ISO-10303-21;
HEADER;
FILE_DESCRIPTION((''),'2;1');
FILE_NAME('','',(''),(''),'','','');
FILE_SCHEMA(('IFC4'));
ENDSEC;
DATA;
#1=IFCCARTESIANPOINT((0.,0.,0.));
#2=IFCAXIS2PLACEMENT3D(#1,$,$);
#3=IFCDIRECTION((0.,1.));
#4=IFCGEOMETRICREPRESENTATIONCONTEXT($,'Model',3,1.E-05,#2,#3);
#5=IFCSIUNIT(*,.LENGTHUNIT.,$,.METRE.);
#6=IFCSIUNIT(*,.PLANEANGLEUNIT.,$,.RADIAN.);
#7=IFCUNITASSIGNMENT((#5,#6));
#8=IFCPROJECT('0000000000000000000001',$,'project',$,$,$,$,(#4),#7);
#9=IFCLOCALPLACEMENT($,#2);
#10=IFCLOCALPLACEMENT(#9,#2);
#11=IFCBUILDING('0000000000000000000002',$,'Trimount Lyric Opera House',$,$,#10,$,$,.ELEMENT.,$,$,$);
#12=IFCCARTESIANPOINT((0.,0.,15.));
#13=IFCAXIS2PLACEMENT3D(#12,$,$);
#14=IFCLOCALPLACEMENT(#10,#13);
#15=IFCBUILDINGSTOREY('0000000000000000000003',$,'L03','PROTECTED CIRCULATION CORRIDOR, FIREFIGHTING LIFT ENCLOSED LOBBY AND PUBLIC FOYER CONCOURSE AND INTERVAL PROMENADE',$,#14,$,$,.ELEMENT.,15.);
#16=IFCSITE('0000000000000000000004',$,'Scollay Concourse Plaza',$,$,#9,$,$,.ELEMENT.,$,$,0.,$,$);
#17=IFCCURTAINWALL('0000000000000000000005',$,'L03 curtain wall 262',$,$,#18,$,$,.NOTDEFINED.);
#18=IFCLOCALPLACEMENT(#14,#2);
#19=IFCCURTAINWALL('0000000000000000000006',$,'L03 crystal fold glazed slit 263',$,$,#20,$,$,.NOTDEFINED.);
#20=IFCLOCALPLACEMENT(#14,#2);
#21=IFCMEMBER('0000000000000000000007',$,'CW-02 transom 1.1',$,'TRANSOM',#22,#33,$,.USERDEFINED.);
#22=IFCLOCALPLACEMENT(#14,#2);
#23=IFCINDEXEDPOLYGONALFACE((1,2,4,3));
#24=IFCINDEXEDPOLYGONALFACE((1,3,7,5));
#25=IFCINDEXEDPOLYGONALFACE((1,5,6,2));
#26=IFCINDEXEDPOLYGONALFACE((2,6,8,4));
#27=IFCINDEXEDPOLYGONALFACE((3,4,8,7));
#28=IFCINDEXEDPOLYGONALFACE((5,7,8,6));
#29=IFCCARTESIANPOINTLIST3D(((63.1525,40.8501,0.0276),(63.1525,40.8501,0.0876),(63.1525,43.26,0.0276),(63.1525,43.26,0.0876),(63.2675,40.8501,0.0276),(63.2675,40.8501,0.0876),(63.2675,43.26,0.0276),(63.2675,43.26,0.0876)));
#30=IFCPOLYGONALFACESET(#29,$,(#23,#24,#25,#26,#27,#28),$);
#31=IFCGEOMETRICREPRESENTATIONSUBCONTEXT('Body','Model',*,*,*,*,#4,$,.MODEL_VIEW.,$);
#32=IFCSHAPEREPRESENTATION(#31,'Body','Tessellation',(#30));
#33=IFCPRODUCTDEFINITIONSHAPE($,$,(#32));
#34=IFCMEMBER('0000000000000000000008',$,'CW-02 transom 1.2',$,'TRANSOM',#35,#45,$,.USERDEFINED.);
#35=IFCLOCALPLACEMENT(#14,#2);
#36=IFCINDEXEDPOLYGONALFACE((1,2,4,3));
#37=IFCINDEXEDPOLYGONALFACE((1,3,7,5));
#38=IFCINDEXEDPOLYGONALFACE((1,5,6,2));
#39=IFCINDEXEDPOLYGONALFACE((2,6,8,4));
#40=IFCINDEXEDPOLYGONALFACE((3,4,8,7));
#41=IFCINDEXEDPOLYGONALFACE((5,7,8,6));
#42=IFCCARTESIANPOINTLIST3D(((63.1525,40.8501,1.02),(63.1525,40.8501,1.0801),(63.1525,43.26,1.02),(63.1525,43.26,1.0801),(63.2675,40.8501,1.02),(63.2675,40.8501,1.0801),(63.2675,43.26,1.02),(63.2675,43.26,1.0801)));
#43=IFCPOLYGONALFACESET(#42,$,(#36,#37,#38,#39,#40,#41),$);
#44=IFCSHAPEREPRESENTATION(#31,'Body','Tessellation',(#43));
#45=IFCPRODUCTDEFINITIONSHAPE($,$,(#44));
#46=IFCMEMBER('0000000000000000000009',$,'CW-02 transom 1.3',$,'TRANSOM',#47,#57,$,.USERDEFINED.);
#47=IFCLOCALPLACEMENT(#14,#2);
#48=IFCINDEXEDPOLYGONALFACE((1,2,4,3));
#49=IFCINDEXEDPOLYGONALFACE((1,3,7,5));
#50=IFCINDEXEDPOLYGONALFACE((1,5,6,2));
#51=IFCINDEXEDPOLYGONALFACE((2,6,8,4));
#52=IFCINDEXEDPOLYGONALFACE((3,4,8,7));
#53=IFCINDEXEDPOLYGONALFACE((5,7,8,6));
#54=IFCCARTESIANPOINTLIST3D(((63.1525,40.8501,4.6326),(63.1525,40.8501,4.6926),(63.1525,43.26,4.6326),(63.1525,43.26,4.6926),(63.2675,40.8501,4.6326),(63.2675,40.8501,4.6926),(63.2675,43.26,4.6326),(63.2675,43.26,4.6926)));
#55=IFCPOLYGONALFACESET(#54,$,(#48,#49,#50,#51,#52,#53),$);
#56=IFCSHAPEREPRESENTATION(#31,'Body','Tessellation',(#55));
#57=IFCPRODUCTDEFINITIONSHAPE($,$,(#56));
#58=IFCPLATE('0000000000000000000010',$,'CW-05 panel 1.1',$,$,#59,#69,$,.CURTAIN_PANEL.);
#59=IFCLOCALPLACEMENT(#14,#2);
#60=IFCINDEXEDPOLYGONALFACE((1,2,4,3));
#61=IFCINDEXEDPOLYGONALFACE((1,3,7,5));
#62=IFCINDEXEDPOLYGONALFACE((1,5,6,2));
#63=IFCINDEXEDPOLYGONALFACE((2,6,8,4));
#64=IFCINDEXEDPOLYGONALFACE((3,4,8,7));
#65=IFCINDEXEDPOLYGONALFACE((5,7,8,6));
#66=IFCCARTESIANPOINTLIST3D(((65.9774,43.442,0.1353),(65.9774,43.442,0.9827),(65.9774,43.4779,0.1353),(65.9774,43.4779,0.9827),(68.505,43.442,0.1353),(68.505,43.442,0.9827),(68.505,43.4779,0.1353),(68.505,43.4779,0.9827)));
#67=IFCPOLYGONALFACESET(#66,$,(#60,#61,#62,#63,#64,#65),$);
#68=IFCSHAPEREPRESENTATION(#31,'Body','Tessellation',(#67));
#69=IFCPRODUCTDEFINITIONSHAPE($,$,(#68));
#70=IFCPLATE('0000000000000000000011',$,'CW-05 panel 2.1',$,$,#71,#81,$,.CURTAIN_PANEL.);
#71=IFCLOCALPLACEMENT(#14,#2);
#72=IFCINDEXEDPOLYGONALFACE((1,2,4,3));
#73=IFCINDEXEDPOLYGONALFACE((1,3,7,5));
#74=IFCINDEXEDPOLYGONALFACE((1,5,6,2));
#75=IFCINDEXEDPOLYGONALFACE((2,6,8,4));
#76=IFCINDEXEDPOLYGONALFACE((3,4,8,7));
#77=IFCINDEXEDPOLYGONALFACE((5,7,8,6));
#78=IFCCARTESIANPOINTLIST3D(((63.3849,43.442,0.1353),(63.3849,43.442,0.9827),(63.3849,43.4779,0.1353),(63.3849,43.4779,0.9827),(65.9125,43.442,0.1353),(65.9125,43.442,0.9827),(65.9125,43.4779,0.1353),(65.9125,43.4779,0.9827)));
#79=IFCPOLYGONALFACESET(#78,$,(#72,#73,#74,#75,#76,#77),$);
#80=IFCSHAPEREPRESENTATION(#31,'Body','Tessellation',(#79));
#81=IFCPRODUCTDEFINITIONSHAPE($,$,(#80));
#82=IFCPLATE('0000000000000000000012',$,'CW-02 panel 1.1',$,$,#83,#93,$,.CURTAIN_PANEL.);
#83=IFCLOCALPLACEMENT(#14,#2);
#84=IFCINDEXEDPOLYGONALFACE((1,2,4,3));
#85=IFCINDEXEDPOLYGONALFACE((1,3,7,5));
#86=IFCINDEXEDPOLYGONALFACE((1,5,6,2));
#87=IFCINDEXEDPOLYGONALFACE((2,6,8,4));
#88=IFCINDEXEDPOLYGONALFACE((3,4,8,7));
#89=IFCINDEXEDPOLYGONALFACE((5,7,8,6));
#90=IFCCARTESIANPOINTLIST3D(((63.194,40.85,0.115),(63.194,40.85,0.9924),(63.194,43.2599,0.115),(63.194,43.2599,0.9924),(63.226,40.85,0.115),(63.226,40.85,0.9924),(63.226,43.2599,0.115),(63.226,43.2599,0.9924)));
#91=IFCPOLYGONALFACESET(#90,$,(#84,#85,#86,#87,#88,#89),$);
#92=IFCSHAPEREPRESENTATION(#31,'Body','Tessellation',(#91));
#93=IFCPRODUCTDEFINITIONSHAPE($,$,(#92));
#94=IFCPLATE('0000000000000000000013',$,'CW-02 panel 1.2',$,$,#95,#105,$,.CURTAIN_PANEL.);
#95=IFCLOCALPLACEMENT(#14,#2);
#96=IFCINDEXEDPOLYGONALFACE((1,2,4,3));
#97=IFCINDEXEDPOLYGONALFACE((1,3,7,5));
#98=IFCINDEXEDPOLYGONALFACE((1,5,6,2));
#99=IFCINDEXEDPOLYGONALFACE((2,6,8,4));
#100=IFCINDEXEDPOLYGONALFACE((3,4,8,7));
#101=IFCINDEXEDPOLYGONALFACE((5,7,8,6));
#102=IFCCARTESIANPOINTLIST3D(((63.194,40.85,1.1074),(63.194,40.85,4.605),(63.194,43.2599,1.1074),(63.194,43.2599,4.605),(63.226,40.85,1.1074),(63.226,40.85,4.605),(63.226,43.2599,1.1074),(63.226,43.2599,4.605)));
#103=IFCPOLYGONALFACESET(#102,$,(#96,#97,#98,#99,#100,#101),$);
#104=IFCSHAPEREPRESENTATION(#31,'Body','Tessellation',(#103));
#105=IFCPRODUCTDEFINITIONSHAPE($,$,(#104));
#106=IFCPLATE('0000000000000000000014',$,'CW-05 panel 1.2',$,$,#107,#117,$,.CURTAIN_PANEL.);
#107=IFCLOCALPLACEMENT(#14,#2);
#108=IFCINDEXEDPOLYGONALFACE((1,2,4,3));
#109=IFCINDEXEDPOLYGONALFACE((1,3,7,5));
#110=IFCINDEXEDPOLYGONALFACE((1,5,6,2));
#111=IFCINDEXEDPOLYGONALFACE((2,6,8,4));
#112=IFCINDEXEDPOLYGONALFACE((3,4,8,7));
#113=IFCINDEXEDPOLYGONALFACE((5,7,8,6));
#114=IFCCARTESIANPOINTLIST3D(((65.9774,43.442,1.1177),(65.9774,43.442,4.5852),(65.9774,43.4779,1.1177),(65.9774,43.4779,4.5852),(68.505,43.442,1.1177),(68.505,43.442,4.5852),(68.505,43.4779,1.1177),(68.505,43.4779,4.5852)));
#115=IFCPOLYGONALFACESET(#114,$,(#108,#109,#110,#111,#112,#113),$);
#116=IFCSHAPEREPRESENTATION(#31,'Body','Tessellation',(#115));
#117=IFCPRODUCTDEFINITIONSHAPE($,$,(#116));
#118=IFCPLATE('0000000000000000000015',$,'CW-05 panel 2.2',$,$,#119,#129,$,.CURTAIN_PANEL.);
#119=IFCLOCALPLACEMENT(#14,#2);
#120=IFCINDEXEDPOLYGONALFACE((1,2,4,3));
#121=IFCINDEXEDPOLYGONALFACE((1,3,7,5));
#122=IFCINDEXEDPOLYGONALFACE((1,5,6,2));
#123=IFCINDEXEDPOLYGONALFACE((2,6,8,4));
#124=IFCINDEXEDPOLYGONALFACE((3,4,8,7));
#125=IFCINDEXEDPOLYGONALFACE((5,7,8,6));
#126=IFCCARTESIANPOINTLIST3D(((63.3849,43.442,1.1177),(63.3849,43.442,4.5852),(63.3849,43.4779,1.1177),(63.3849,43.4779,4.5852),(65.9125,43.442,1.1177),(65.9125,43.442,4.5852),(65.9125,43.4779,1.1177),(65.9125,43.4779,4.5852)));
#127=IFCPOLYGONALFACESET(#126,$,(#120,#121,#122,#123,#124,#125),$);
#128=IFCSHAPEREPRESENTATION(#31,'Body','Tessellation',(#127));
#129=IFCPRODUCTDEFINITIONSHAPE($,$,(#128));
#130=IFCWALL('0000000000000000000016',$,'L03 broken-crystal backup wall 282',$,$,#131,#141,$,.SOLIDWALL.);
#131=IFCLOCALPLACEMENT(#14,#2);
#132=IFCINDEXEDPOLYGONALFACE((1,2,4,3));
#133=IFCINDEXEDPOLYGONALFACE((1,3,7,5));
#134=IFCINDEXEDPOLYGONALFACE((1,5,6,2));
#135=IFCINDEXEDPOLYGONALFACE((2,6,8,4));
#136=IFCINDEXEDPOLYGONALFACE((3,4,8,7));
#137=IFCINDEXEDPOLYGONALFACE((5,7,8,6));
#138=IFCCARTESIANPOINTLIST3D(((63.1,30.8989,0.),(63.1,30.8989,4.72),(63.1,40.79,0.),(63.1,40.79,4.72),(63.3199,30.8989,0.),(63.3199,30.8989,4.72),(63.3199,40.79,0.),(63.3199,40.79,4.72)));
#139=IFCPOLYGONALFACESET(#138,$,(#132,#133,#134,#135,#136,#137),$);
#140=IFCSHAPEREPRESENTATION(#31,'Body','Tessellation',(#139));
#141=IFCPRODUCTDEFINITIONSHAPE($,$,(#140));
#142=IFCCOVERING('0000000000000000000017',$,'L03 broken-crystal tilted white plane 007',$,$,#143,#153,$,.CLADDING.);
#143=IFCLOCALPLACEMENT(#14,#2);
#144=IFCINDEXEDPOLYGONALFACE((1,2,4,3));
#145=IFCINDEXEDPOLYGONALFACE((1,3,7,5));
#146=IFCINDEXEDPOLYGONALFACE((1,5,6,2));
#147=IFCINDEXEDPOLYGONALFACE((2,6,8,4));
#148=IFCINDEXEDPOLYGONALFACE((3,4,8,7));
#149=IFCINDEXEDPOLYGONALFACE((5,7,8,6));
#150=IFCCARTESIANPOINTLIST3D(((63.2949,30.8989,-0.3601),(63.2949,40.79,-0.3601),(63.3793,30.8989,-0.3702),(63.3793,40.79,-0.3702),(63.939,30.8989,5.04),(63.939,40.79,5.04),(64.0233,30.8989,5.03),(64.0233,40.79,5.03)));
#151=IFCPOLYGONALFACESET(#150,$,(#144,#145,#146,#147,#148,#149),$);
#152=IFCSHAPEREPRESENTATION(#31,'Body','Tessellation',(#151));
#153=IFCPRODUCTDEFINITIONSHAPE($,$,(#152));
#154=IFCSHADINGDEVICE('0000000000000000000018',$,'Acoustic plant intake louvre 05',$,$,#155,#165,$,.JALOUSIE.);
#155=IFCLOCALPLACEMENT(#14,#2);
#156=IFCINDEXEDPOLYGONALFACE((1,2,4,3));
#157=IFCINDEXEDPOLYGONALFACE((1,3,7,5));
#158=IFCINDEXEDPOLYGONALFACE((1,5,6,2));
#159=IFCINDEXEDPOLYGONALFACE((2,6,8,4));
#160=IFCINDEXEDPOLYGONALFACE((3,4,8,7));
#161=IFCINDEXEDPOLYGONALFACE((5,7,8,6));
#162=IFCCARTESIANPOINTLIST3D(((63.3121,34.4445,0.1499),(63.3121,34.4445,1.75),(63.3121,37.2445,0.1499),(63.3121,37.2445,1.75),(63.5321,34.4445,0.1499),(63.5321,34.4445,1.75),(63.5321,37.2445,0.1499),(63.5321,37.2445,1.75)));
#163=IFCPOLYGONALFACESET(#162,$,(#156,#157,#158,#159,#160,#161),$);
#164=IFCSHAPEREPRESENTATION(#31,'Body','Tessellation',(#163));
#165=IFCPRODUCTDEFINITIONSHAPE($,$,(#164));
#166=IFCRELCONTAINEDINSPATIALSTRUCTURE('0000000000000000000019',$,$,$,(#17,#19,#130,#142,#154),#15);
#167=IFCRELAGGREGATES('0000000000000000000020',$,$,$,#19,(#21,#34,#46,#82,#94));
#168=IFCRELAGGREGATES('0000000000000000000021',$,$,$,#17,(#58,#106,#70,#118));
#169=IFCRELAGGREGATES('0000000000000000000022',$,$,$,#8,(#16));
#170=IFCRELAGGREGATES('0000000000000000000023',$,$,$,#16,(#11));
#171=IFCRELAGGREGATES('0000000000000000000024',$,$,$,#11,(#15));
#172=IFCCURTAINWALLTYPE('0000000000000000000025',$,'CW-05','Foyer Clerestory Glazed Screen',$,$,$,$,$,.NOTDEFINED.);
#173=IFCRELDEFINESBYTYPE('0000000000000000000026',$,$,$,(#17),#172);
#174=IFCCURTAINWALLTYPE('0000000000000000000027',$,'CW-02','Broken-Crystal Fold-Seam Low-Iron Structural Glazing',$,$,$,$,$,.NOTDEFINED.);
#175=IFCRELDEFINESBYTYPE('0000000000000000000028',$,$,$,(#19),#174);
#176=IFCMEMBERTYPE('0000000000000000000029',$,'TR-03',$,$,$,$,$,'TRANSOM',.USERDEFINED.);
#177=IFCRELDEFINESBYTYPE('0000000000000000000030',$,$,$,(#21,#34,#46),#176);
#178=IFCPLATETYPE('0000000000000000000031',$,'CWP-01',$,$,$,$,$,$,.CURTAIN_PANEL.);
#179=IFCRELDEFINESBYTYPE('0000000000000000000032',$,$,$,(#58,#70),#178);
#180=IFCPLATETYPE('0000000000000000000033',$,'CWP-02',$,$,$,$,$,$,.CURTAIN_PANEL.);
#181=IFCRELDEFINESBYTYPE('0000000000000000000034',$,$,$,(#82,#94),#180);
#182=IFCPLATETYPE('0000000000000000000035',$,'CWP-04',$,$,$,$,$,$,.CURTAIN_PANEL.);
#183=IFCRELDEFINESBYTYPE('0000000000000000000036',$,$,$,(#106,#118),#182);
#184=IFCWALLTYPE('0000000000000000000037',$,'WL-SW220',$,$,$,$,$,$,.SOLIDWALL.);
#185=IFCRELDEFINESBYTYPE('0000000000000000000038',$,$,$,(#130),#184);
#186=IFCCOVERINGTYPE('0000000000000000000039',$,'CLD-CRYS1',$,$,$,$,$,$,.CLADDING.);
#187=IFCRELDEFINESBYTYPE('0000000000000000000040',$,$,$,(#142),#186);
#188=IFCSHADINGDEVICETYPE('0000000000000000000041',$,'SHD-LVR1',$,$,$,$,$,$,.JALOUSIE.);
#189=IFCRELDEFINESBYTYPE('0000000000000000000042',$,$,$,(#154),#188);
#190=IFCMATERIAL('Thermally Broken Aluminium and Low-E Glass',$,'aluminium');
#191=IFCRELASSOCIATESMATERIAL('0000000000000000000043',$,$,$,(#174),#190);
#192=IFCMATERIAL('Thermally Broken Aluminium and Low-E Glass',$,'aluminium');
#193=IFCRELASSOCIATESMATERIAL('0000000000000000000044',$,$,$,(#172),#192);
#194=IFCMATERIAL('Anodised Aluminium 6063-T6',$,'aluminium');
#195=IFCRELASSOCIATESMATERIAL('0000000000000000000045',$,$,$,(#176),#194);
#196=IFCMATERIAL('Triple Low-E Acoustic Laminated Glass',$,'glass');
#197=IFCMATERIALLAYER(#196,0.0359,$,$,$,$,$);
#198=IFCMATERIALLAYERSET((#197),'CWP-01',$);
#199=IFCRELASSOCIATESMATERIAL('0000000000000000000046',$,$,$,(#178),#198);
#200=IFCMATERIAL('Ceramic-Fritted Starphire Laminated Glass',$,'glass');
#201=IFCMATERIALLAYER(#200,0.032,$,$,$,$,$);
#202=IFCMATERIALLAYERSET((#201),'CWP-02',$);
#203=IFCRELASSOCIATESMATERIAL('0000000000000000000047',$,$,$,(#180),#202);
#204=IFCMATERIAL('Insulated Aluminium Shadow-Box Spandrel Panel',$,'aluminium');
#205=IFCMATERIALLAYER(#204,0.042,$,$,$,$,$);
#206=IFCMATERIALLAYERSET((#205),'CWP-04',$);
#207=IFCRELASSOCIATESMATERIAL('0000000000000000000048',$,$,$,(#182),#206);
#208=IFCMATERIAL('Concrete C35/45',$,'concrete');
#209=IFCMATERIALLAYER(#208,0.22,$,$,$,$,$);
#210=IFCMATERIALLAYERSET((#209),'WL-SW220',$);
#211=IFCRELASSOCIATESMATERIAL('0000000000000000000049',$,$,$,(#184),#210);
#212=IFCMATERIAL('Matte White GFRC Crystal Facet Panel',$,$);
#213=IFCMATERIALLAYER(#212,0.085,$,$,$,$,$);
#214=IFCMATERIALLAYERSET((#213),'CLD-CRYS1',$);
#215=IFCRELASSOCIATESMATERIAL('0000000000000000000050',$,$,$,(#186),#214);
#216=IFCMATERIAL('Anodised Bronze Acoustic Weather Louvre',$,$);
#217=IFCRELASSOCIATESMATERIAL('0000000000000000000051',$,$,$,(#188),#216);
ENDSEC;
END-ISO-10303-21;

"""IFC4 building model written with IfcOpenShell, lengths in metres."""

from ifc_helpers import new_model, si_unit, direction, frame, frame_2d, origin, origin_2d, place, context, subcontext, project, spatial, polyline, rectangle, outline, extrude, material, layer, layer_set, material_profile, profile_set, type_object, element, aggregate, save


model = new_model("IFC4")

# Units and contexts
model_context = context("Model", 3, precision=1e-05, world=origin(), true_north=direction((0.0, 1.0)))
body_context = subcontext(model_context, "Body", "Model", "MODEL_VIEW")
ifc_project = project(units=[si_unit("LENGTHUNIT", "METRE"), si_unit("PLANEANGLEUNIT", "RADIAN")], contexts=[model_context])

# Site, building, storey
site_placement = place(None, origin())
site = spatial("IfcSite", under=ifc_project, at=site_placement, Name="Scollay Concourse Plaza", CompositionType="ELEMENT", RefElevation=0.0)
building_placement = place(site_placement, origin())
building = spatial("IfcBuilding", under=site, at=building_placement, Name="Trimount Lyric Opera House", CompositionType="ELEMENT")
storey_placement = place(building_placement, frame((0.0, 0.0, 15.0)))
storey = spatial("IfcBuildingStorey", under=building, at=storey_placement, Name="L03", Description="PROTECTED CIRCULATION CORRIDOR, FIREFIGHTING LIFT ENCLOSED LOBBY AND PUBLIC FOYER CONCOURSE AND INTERVAL PROMENADE", CompositionType="ELEMENT", Elevation=15.0)

# Shared definitions
ifc_material_1 = material(Name="Thermally Broken Aluminium and Low-E Glass", Category="aluminium")
curtain_wall_type_1 = type_object("IfcCurtainWallType", Name="CW-02", Description="Broken-Crystal Fold-Seam Low-Iron Structural Glazing", PredefinedType="NOTDEFINED", material=ifc_material_1)

# Curtain walls
ifc_material_2 = material(Name="Thermally Broken Aluminium and Low-E Glass", Category="aluminium")
curtain_wall_type_2 = type_object("IfcCurtainWallType", Name="CW-05", Description="Foyer Clerestory Glazed Screen", PredefinedType="NOTDEFINED", material=ifc_material_2)
curtain_wall_1_placement = place(storey_placement, origin())
curtain_wall_1 = element("IfcCurtainWall", 1, at=curtain_wall_1_placement, inside=storey, type_object=curtain_wall_type_2, Name="L03 curtain wall 262", PredefinedType="NOTDEFINED")
curtain_wall_2_placement = place(storey_placement, origin())
curtain_wall_2 = element("IfcCurtainWall", 2, at=curtain_wall_2_placement, inside=storey, type_object=curtain_wall_type_1, Name="L03 crystal fold glazed slit 263", PredefinedType="NOTDEFINED")

# Members
ifc_material_3 = material(Name="Anodised Aluminium 6063-T6", Category="aluminium")
ifc_material_profile_1 = material_profile(ifc_material_3, rectangle(XDim=0.115, YDim=0.0601, at=origin_2d()), Name="ALU-TRAN-60X115")
ifc_profile_set_1 = profile_set([ifc_material_profile_1], Name="Anodised Aluminium 6063-T6")
member_type_1 = type_object("IfcMemberType", Name="TR-03", ElementType="TRANSOM", PredefinedType="USERDEFINED", material=ifc_profile_set_1)
member_1_placement = place(storey_placement, frame((63.21, 43.26, 0.0576), z_axis=(0.0, -1.0, 0.0), x_axis=(1.0, 0.0, 0.0)))
member_1 = element("IfcMember", 3, at=member_1_placement, type_object=member_type_1, Name="CW-02 transom 1.1", ObjectType="TRANSOM", PredefinedType="USERDEFINED", context=body_context, shape_type="SweptSolid", body=[
    extrude(rectangle(XDim=0.115, YDim=0.0601, at=origin_2d()), origin(), (0.0, 0.0, 1.0), 2.4099),
])
member_2_placement = place(storey_placement, frame((63.21, 43.26, 1.05), z_axis=(0.0, -1.0, 0.0), x_axis=(1.0, 0.0, 0.0)))
member_2 = element("IfcMember", 4, at=member_2_placement, type_object=member_type_1, Name="CW-02 transom 1.2", ObjectType="TRANSOM", PredefinedType="USERDEFINED", context=body_context, shape_type="SweptSolid", body=[
    extrude(rectangle(XDim=0.115, YDim=0.0601, at=origin_2d()), origin(), (0.0, 0.0, 1.0), 2.4099),
])
member_3_placement = place(storey_placement, frame((63.21, 43.26, 4.6626), z_axis=(0.0, -1.0, 0.0), x_axis=(1.0, 0.0, 0.0)))
member_3 = element("IfcMember", 5, at=member_3_placement, type_object=member_type_1, Name="CW-02 transom 1.3", ObjectType="TRANSOM", PredefinedType="USERDEFINED", context=body_context, shape_type="SweptSolid", body=[
    extrude(rectangle(XDim=0.115, YDim=0.0601, at=origin_2d()), origin(), (0.0, 0.0, 1.0), 2.4099),
])

# Plates
ifc_material_4 = material(Name="Triple Low-E Acoustic Laminated Glass", Category="glass")
ifc_layer_1 = layer(ifc_material_4, 0.0359)
ifc_layer_set_1 = layer_set([ifc_layer_1], Name="CWP-01")
plate_type_1 = type_object("IfcPlateType", Name="CWP-01", PredefinedType="CURTAIN_PANEL", material=ifc_layer_set_1)
plate_1_placement = place(storey_placement, frame((67.2412, 43.46, 0.1353), z_axis=(0.0, 0.0, 1.0), x_axis=(-1.0, 0.0, 0.0)))
plate_1 = element("IfcPlate", 6, at=plate_1_placement, type_object=plate_type_1, Name="CW-05 panel 1.1", PredefinedType="CURTAIN_PANEL", context=body_context, shape_type="SweptSolid", body=[
    extrude(rectangle(XDim=2.5276, YDim=0.0359, at=origin_2d()), origin(), (0.0, 0.0, 1.0), 0.8474),
])
plate_2_placement = place(storey_placement, frame((64.6487, 43.46, 0.1353), z_axis=(0.0, 0.0, 1.0), x_axis=(-1.0, 0.0, 0.0)))
plate_2 = element("IfcPlate", 7, at=plate_2_placement, type_object=plate_type_1, Name="CW-05 panel 2.1", PredefinedType="CURTAIN_PANEL", context=body_context, shape_type="SweptSolid", body=[
    extrude(rectangle(XDim=2.5276, YDim=0.0359, at=origin_2d()), origin(), (0.0, 0.0, 1.0), 0.8474),
])
ifc_material_5 = material(Name="Ceramic-Fritted Starphire Laminated Glass", Category="glass")
ifc_layer_2 = layer(ifc_material_5, 0.032)
ifc_layer_set_2 = layer_set([ifc_layer_2], Name="CWP-02")
plate_type_2 = type_object("IfcPlateType", Name="CWP-02", PredefinedType="CURTAIN_PANEL", material=ifc_layer_set_2)
plate_3_placement = place(storey_placement, frame((63.21, 42.0549, 0.115), z_axis=(0.0, 0.0, 1.0), x_axis=(0.0, -1.0, 0.0)))
plate_3 = element("IfcPlate", 8, at=plate_3_placement, type_object=plate_type_2, Name="CW-02 panel 1.1", PredefinedType="CURTAIN_PANEL", context=body_context, shape_type="SweptSolid", body=[
    extrude(rectangle(XDim=2.4099, YDim=0.032, at=origin_2d()), origin(), (0.0, 0.0, 1.0), 0.8774),
])
plate_4_placement = place(storey_placement, frame((63.21, 42.0549, 1.1074), z_axis=(0.0, 0.0, 1.0), x_axis=(0.0, -1.0, 0.0)))
plate_4 = element("IfcPlate", 9, at=plate_4_placement, type_object=plate_type_2, Name="CW-02 panel 1.2", PredefinedType="CURTAIN_PANEL", context=body_context, shape_type="SweptSolid", body=[
    extrude(rectangle(XDim=2.4099, YDim=0.032, at=origin_2d()), origin(), (0.0, 0.0, 1.0), 3.4976),
])
aggregate(curtain_wall_2, [member_1, member_2, member_3, plate_3, plate_4])
ifc_material_6 = material(Name="Insulated Aluminium Shadow-Box Spandrel Panel", Category="aluminium")
ifc_layer_3 = layer(ifc_material_6, 0.042)
ifc_layer_set_3 = layer_set([ifc_layer_3], Name="CWP-04")
plate_type_3 = type_object("IfcPlateType", Name="CWP-04", PredefinedType="CURTAIN_PANEL", material=ifc_layer_set_3)
plate_5_placement = place(storey_placement, frame((67.2412, 43.46, 1.1177), z_axis=(0.0, 0.0, 1.0), x_axis=(-1.0, 0.0, 0.0)))
plate_5 = element("IfcPlate", 10, at=plate_5_placement, type_object=plate_type_3, Name="CW-05 panel 1.2", PredefinedType="CURTAIN_PANEL", context=body_context, shape_type="SweptSolid", body=[
    extrude(rectangle(XDim=2.5276, YDim=0.0359, at=origin_2d()), origin(), (0.0, 0.0, 1.0), 3.4675),
])
plate_6_placement = place(storey_placement, frame((64.6487, 43.46, 1.1177), z_axis=(0.0, 0.0, 1.0), x_axis=(-1.0, 0.0, 0.0)))
plate_6 = element("IfcPlate", 11, at=plate_6_placement, type_object=plate_type_3, Name="CW-05 panel 2.2", PredefinedType="CURTAIN_PANEL", context=body_context, shape_type="SweptSolid", body=[
    extrude(rectangle(XDim=2.5276, YDim=0.0359, at=origin_2d()), origin(), (0.0, 0.0, 1.0), 3.4675),
])
aggregate(curtain_wall_1, [plate_1, plate_5, plate_2, plate_6])

# Wall
ifc_material_7 = material(Name="Concrete C35/45", Category="concrete")
ifc_layer_4 = layer(ifc_material_7, 0.22)
ifc_layer_set_4 = layer_set([ifc_layer_4], Name="WL-SW220")
wall_type = type_object("IfcWallType", Name="WL-SW220", PredefinedType="SOLIDWALL", material=ifc_layer_set_4)
wall_placement = place(storey_placement, frame((63.21, 40.79, 0.0), z_axis=(0.0, 0.0, 1.0), x_axis=(0.0, -1.0, 0.0)))
element("IfcWall", 12, at=wall_placement, inside=storey, type_object=wall_type, Name="L03 broken-crystal backup wall 282", PredefinedType="SOLIDWALL", context=body_context, shape_type="SweptSolid", body=[
    extrude(rectangle(XDim=9.8911, YDim=0.22, at=frame_2d((4.9456, 0.0))), origin(), (0.0, 0.0, 1.0), 4.72),
])

# Covering
ifc_material_8 = material(Name="Matte White GFRC Crystal Facet Panel")
ifc_layer_5 = layer(ifc_material_8, 0.085)
ifc_layer_set_5 = layer_set([ifc_layer_5], Name="CLD-CRYS1")
covering_type = type_object("IfcCoveringType", Name="CLD-CRYS1", PredefinedType="CLADDING", material=ifc_layer_set_5)
covering_placement = place(storey_placement, frame((63.2949, 40.79, -0.3601), z_axis=(-0.992963, 0.0, 0.118425), x_axis=(0.0, -1.0, 0.0)))
element("IfcCovering", 13, at=covering_placement, inside=storey, type_object=covering_type, Name="L03 broken-crystal tilted white plane 007", PredefinedType="CLADDING", context=body_context, shape_type="SweptSolid", body=[
    extrude(outline(polyline([(0.0, 0.0), (9.8911, 0.0), (9.8911, 5.4384), (0.0, 5.4384), (0.0, 0.0)])), origin(), (0.0, 0.0, -1.0), 0.085),
])

# Shading device
ifc_material_9 = material(Name="Anodised Bronze Acoustic Weather Louvre")
shading_device_type = type_object("IfcShadingDeviceType", Name="SHD-LVR1", PredefinedType="JALOUSIE", material=ifc_material_9)
shading_device_placement = place(storey_placement, frame((63.4221, 35.8445, 0.1499), z_axis=(0.0, 0.0, 1.0), x_axis=(1.0, 0.0, 0.0)))
element("IfcShadingDevice", 14, at=shading_device_placement, inside=storey, type_object=shading_device_type, Name="Acoustic plant intake louvre 05", PredefinedType="JALOUSIE", context=body_context, shape_type="SweptSolid", body=[
    extrude(rectangle(XDim=0.22, YDim=2.8, at=origin_2d()), origin(), (0.0, 0.0, 1.0), 1.6001),
])

save(model, "model.ifc")
